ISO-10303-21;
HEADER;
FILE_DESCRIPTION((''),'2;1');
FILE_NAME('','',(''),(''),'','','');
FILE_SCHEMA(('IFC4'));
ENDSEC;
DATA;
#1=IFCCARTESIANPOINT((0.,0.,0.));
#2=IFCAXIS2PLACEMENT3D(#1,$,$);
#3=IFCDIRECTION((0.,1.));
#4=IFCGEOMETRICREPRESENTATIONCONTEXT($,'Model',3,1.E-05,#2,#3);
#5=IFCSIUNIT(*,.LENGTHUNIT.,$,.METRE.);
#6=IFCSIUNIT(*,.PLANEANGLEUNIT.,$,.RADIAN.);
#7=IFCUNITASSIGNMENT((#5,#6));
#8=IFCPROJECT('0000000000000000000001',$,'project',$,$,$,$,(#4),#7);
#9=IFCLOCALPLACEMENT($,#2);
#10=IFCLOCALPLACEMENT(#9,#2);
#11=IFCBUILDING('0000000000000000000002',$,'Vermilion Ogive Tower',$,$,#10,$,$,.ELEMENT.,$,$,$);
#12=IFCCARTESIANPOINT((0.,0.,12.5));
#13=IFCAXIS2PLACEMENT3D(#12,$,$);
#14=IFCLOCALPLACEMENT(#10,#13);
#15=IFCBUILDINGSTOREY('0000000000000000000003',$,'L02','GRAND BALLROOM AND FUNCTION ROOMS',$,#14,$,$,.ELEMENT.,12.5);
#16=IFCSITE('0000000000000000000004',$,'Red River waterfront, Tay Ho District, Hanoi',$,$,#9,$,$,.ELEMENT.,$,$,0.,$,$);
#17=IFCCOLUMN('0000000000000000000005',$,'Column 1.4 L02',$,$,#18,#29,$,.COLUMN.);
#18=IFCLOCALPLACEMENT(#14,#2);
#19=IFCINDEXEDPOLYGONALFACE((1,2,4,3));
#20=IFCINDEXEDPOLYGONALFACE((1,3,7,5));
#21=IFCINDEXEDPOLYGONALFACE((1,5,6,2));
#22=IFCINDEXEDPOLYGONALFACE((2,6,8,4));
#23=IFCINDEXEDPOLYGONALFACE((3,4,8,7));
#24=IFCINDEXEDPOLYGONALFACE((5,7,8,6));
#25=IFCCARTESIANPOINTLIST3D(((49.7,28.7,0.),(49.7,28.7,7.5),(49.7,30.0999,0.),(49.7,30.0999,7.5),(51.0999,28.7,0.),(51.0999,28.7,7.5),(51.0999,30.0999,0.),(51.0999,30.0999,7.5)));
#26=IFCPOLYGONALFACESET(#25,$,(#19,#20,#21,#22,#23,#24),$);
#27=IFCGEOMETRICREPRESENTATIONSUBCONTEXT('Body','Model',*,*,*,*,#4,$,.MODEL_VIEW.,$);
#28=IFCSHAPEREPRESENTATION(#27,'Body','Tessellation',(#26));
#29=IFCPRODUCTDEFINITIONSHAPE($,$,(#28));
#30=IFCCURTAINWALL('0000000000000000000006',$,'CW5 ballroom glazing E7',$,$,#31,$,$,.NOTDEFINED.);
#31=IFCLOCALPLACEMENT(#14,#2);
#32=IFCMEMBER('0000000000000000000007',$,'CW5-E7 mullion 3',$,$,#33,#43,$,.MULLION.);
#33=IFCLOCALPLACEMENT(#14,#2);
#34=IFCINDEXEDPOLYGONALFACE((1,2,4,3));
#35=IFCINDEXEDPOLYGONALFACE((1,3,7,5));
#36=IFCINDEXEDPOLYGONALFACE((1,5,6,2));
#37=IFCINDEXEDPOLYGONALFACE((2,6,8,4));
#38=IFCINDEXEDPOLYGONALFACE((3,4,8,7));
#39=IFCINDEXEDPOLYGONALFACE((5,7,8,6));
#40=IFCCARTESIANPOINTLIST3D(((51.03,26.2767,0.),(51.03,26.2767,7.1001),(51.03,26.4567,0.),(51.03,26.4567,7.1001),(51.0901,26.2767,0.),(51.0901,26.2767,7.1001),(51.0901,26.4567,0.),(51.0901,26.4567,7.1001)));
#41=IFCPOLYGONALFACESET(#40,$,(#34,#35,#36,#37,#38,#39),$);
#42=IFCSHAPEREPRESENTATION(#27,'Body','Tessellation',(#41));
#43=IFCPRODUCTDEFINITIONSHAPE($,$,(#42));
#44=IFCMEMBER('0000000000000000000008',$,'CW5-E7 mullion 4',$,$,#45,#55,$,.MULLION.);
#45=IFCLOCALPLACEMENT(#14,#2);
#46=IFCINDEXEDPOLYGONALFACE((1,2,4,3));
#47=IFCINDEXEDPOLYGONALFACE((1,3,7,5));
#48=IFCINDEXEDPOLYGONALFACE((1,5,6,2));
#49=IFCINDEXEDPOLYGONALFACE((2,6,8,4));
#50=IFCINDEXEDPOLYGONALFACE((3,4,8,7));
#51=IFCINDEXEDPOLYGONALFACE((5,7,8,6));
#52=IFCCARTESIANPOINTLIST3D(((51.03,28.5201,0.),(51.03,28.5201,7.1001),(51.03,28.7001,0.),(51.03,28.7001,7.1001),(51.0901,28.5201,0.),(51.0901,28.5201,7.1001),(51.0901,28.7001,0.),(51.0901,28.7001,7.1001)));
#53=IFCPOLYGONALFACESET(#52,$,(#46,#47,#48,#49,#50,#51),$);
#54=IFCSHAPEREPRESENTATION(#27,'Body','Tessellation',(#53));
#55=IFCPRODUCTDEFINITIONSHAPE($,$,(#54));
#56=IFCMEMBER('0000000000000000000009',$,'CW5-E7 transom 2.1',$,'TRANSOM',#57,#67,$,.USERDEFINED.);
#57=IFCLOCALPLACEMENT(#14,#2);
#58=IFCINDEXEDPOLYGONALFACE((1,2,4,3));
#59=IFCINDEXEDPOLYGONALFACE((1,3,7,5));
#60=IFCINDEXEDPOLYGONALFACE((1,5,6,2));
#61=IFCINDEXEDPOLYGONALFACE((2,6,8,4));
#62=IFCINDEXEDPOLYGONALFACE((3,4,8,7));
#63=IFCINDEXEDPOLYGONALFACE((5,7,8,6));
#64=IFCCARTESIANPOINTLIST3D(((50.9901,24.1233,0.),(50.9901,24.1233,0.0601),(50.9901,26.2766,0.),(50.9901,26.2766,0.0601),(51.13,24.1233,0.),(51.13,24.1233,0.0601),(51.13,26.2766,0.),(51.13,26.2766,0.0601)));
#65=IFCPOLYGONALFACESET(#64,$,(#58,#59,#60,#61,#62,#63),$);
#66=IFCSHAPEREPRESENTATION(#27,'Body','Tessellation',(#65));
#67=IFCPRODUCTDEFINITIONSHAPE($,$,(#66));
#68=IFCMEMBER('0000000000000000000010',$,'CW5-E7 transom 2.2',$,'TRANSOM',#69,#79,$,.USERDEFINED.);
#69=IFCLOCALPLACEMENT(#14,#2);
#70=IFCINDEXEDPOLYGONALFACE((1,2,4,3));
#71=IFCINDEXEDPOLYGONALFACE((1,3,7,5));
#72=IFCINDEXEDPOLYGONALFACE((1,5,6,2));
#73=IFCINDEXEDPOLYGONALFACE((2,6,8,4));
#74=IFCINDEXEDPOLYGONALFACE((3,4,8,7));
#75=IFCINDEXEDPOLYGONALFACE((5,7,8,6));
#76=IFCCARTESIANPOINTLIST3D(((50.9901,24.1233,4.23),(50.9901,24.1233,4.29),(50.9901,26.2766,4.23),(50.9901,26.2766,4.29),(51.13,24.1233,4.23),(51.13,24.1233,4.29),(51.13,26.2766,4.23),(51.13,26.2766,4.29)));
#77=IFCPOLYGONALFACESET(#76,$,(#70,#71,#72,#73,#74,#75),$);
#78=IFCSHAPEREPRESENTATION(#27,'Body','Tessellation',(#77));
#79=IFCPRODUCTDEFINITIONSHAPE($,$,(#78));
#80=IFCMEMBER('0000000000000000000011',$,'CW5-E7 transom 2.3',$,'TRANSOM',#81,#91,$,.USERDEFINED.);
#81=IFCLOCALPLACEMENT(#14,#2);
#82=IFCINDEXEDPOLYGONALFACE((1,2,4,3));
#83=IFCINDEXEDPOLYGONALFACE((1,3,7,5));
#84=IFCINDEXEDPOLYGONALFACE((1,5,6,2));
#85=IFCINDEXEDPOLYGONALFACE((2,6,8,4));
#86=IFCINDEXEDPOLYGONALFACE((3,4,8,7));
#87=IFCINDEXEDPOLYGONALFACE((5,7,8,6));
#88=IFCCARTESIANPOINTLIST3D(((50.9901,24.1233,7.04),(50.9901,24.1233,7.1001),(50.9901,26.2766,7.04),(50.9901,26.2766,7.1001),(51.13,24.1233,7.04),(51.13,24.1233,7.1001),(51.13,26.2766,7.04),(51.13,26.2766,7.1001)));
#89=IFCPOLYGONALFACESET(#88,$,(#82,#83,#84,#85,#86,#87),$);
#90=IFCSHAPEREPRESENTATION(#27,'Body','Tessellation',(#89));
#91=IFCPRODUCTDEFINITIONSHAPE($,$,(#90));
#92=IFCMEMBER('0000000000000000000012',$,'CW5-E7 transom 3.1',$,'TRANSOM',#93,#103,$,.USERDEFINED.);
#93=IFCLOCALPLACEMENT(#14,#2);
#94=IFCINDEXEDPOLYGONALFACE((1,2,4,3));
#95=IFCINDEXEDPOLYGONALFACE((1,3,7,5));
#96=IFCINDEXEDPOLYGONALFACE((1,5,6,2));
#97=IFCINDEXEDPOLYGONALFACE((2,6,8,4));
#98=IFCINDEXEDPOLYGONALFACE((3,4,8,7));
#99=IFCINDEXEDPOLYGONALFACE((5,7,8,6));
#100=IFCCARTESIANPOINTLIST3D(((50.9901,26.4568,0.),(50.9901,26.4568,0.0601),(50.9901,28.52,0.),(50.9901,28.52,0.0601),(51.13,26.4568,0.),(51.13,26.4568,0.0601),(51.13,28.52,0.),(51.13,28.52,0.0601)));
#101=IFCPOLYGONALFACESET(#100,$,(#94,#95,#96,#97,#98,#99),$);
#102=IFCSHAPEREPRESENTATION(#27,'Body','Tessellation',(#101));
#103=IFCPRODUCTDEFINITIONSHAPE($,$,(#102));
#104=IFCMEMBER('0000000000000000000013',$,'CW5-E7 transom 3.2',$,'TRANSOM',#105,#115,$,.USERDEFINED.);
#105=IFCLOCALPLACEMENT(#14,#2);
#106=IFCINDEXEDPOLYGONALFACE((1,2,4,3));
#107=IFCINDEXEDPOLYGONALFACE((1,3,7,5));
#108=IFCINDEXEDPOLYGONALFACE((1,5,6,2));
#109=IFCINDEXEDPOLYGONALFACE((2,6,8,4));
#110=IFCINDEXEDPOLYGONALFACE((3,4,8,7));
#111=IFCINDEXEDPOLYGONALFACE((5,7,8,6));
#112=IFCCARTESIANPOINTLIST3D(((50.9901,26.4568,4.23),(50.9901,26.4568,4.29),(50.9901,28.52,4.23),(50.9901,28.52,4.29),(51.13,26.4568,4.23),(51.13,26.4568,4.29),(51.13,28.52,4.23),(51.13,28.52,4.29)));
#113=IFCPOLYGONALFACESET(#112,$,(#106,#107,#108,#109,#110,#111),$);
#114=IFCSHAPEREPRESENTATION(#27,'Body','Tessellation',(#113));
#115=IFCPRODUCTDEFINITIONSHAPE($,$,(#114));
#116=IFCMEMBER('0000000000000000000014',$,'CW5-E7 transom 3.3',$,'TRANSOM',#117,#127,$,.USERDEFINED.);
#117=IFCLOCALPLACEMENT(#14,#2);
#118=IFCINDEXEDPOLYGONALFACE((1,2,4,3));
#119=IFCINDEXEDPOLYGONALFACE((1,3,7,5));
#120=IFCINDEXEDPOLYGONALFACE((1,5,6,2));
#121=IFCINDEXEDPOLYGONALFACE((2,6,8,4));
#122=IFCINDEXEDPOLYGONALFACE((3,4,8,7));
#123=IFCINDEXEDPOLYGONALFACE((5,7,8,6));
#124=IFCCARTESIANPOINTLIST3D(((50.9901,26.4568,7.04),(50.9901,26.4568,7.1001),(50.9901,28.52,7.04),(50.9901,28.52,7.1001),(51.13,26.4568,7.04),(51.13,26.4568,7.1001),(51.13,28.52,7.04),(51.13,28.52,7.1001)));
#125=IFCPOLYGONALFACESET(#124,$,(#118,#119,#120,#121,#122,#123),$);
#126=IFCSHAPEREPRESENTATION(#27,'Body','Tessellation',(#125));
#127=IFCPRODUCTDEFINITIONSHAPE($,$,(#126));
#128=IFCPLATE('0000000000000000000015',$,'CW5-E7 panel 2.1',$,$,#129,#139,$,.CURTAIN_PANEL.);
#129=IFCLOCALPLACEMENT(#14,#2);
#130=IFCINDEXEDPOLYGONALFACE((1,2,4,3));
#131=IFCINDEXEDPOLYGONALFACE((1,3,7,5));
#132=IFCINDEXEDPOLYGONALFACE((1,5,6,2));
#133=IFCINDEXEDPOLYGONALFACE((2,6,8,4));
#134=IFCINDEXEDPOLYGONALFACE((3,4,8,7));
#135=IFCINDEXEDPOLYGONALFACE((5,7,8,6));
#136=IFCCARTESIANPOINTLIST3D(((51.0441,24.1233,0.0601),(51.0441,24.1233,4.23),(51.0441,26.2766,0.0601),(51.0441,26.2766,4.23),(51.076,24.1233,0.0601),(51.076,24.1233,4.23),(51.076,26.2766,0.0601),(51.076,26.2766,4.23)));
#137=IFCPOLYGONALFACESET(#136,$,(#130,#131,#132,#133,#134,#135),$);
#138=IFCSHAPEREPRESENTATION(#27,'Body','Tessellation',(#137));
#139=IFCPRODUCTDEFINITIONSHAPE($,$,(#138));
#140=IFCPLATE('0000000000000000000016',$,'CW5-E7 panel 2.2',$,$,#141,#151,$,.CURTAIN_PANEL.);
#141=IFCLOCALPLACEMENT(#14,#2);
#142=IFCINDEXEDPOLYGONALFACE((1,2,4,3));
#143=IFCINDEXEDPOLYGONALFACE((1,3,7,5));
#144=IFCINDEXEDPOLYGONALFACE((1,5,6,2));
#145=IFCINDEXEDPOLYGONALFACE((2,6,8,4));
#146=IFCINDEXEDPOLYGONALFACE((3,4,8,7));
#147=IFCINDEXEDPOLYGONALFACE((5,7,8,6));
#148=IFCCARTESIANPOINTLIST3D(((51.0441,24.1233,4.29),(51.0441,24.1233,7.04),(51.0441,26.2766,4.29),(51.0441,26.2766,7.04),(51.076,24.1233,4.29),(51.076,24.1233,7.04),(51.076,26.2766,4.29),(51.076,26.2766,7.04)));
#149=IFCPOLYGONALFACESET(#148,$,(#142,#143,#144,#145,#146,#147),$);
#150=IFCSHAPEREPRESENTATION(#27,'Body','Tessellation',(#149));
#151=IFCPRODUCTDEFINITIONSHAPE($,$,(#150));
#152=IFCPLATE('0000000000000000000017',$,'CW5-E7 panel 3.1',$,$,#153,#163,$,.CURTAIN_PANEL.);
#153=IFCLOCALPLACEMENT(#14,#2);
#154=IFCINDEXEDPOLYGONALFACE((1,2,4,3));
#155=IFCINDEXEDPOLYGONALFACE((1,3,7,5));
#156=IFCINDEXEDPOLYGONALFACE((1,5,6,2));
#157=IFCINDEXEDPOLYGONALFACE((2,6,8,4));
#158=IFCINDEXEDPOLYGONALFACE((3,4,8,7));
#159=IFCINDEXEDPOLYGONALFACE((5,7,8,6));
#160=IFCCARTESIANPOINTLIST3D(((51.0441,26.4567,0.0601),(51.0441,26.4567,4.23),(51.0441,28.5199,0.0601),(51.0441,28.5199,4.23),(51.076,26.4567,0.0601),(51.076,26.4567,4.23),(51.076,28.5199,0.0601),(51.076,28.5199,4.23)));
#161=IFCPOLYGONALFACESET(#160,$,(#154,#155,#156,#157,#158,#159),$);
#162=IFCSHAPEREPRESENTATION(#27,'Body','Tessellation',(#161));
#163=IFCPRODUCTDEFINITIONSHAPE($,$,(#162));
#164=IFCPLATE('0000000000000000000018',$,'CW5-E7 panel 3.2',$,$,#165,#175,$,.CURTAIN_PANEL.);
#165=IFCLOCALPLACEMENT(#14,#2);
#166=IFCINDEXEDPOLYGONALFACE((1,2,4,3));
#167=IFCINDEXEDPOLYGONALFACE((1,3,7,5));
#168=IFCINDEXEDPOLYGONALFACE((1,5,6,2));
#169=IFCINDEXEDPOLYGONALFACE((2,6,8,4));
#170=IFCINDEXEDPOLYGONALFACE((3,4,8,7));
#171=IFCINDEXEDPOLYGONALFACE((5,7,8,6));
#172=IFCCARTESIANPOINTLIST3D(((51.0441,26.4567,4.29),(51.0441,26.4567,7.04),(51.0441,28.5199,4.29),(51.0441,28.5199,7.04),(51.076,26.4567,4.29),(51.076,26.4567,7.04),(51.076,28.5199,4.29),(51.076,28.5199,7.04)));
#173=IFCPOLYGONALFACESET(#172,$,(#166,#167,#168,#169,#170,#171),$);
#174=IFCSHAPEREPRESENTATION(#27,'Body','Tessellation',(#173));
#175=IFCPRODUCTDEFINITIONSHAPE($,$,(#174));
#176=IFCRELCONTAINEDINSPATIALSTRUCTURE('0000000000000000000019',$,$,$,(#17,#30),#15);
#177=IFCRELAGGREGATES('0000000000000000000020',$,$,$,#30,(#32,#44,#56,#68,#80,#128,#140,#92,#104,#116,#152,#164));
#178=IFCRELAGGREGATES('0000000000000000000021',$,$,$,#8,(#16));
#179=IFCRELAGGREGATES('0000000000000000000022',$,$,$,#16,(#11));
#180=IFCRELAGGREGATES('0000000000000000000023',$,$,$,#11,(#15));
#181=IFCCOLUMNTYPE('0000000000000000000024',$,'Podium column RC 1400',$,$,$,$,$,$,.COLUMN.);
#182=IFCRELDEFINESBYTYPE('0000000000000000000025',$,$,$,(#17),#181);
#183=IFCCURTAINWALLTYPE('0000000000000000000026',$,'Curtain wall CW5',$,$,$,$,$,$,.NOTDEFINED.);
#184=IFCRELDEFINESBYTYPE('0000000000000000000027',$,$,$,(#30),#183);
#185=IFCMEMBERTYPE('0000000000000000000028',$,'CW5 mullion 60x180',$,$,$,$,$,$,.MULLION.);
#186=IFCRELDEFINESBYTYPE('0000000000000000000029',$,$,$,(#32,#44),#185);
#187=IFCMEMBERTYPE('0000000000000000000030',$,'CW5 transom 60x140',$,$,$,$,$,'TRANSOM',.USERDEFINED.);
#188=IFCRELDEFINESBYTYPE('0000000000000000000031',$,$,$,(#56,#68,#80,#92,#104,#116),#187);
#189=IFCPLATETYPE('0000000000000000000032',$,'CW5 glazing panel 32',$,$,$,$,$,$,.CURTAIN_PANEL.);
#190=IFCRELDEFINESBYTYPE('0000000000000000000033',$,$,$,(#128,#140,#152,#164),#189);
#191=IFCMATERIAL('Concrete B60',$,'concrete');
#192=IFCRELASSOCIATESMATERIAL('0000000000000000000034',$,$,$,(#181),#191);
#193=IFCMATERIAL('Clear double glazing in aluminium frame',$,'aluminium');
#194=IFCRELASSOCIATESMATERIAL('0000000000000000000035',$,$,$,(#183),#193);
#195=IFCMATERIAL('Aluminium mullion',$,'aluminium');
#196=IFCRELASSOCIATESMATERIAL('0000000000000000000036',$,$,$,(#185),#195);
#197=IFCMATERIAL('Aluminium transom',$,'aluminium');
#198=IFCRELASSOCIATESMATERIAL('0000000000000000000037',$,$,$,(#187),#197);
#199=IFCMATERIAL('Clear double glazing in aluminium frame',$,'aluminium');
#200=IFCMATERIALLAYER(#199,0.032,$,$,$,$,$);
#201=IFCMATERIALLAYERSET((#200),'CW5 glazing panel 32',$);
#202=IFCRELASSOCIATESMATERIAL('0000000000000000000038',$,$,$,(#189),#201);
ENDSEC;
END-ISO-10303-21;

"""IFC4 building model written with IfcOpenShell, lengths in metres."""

from ifc_helpers import new_model, si_unit, direction, frame, origin, origin_2d, place, context, subcontext, project, spatial, rectangle, extrude, material, layer, layer_set, material_profile, profile_set, type_object, element, aggregate, save


model = new_model("IFC4")

# Units and contexts
model_context = context("Model", 3, precision=1e-05, world=origin(), true_north=direction((0.0, 1.0)))
body_context = subcontext(model_context, "Body", "Model", "MODEL_VIEW")
ifc_project = project(units=[si_unit("LENGTHUNIT", "METRE"), si_unit("PLANEANGLEUNIT", "RADIAN")], contexts=[model_context])

# Site, building, storey
site_placement = place(None, origin())
site = spatial("IfcSite", under=ifc_project, at=site_placement, Name="Red River waterfront, Tay Ho District, Hanoi", CompositionType="ELEMENT", RefElevation=0.0)
building_placement = place(site_placement, origin())
building = spatial("IfcBuilding", under=site, at=building_placement, Name="Vermilion Ogive Tower", CompositionType="ELEMENT")
storey_placement = place(building_placement, frame((0.0, 0.0, 12.5)))
storey = spatial("IfcBuildingStorey", under=building, at=storey_placement, Name="L02", Description="GRAND BALLROOM AND FUNCTION ROOMS", CompositionType="ELEMENT", Elevation=12.5)

# Column
ifc_material_1 = material(Name="Concrete B60", Category="concrete")
ifc_material_profile_1 = material_profile(ifc_material_1, rectangle(XDim=1.3999, YDim=1.3999, at=origin_2d()), Name="RC 1400x1400")
ifc_profile_set_1 = profile_set([ifc_material_profile_1], Name="Concrete B60")
column_type = type_object("IfcColumnType", Name="Podium column RC 1400", PredefinedType="COLUMN", material=ifc_profile_set_1)
column_placement = place(storey_placement, frame((50.3999, 29.3999, 0.0), z_axis=(0.0, 0.0, 1.0), x_axis=(1.0, 0.0, 0.0)))
element("IfcColumn", 1, at=column_placement, inside=storey, type_object=column_type, Name="Column 1.4 L02", PredefinedType="COLUMN", context=body_context, shape_type="SweptSolid", body=[
    extrude(rectangle(XDim=1.3999, YDim=1.3999, at=origin_2d()), origin(), (0.0, 0.0, 1.0), 7.5),
])

# Curtain wall, members, plates
ifc_material_2 = material(Name="Clear double glazing in aluminium frame", Category="aluminium")
curtain_wall_type = type_object("IfcCurtainWallType", Name="Curtain wall CW5", PredefinedType="NOTDEFINED", material=ifc_material_2)
curtain_wall_placement = place(storey_placement, origin())
curtain_wall = element("IfcCurtainWall", 2, at=curtain_wall_placement, inside=storey, type_object=curtain_wall_type, Name="CW5 ballroom glazing E7", PredefinedType="NOTDEFINED")
ifc_material_3 = material(Name="Aluminium mullion", Category="aluminium")
ifc_material_profile_2 = material_profile(ifc_material_3, rectangle(XDim=0.0601, YDim=0.1799, at=origin_2d()), Name="AL 60x180")
ifc_profile_set_2 = profile_set([ifc_material_profile_2], Name="Aluminium mullion")
member_type_1 = type_object("IfcMemberType", Name="CW5 mullion 60x180", PredefinedType="MULLION", material=ifc_profile_set_2)
member_1_placement = place(storey_placement, frame((51.0601, 26.3667, 0.0), z_axis=(0.0, 0.0, 1.0), x_axis=(-1.0, 0.0, 0.0)))
member_1 = element("IfcMember", 3, at=member_1_placement, type_object=member_type_1, Name="CW5-E7 mullion 3", PredefinedType="MULLION", context=body_context, shape_type="SweptSolid", body=[
    extrude(rectangle(XDim=0.0601, YDim=0.1799, at=origin_2d()), origin(), (0.0, 0.0, 1.0), 7.1001),
])
member_2_placement = place(storey_placement, frame((51.0601, 28.6101, 0.0), z_axis=(0.0, 0.0, 1.0), x_axis=(-1.0, 0.0, 0.0)))
member_2 = element("IfcMember", 4, at=member_2_placement, type_object=member_type_1, Name="CW5-E7 mullion 4", PredefinedType="MULLION", context=body_context, shape_type="SweptSolid", body=[
    extrude(rectangle(XDim=0.0601, YDim=0.1799, at=origin_2d()), origin(), (0.0, 0.0, 1.0), 7.1001),
])
ifc_material_4 = material(Name="Aluminium transom", Category="aluminium")
ifc_material_profile_3 = material_profile(ifc_material_4, rectangle(XDim=0.1399, YDim=0.0601, at=origin_2d()), Name="AL 60x140")
ifc_profile_set_3 = profile_set([ifc_material_profile_3], Name="Aluminium transom")
member_type_2 = type_object("IfcMemberType", Name="CW5 transom 60x140", ElementType="TRANSOM", PredefinedType="USERDEFINED", material=ifc_profile_set_3)
member_3_placement = place(storey_placement, frame((51.0601, 24.1233, 0.03), z_axis=(0.0, 1.0, 0.0), x_axis=(-1.0, 0.0, 0.0)))
member_3 = element("IfcMember", 5, at=member_3_placement, type_object=member_type_2, Name="CW5-E7 transom 2.1", ObjectType="TRANSOM", PredefinedType="USERDEFINED", context=body_context, shape_type="SweptSolid", body=[
    extrude(rectangle(XDim=0.1399, YDim=0.0601, at=origin_2d()), origin(), (0.0, 0.0, 1.0), 2.1533),
])
member_4_placement = place(storey_placement, frame((51.0601, 24.1233, 4.26), z_axis=(0.0, 1.0, 0.0), x_axis=(-1.0, 0.0, 0.0)))
member_4 = element("IfcMember", 6, at=member_4_placement, type_object=member_type_2, Name="CW5-E7 transom 2.2", ObjectType="TRANSOM", PredefinedType="USERDEFINED", context=body_context, shape_type="SweptSolid", body=[
    extrude(rectangle(XDim=0.1399, YDim=0.0601, at=origin_2d()), origin(), (0.0, 0.0, 1.0), 2.1533),
])
member_5_placement = place(storey_placement, frame((51.0601, 24.1233, 7.0701), z_axis=(0.0, 1.0, 0.0), x_axis=(-1.0, 0.0, 0.0)))
member_5 = element("IfcMember", 7, at=member_5_placement, type_object=member_type_2, Name="CW5-E7 transom 2.3", ObjectType="TRANSOM", PredefinedType="USERDEFINED", context=body_context, shape_type="SweptSolid", body=[
    extrude(rectangle(XDim=0.1399, YDim=0.0601, at=origin_2d()), origin(), (0.0, 0.0, 1.0), 2.1533),
])
member_6_placement = place(storey_placement, frame((51.0601, 26.4568, 0.03), z_axis=(0.0, 1.0, 0.0), x_axis=(-1.0, 0.0, 0.0)))
member_6 = element("IfcMember", 8, at=member_6_placement, type_object=member_type_2, Name="CW5-E7 transom 3.1", ObjectType="TRANSOM", PredefinedType="USERDEFINED", context=body_context, shape_type="SweptSolid", body=[
    extrude(rectangle(XDim=0.1399, YDim=0.0601, at=origin_2d()), origin(), (0.0, 0.0, 1.0), 2.0632),
])
member_7_placement = place(storey_placement, frame((51.0601, 26.4568, 4.26), z_axis=(0.0, 1.0, 0.0), x_axis=(-1.0, 0.0, 0.0)))
member_7 = element("IfcMember", 9, at=member_7_placement, type_object=member_type_2, Name="CW5-E7 transom 3.2", ObjectType="TRANSOM", PredefinedType="USERDEFINED", context=body_context, shape_type="SweptSolid", body=[
    extrude(rectangle(XDim=0.1399, YDim=0.0601, at=origin_2d()), origin(), (0.0, 0.0, 1.0), 2.0632),
])
member_8_placement = place(storey_placement, frame((51.0601, 26.4568, 7.0701), z_axis=(0.0, 1.0, 0.0), x_axis=(-1.0, 0.0, 0.0)))
member_8 = element("IfcMember", 10, at=member_8_placement, type_object=member_type_2, Name="CW5-E7 transom 3.3", ObjectType="TRANSOM", PredefinedType="USERDEFINED", context=body_context, shape_type="SweptSolid", body=[
    extrude(rectangle(XDim=0.1399, YDim=0.0601, at=origin_2d()), origin(), (0.0, 0.0, 1.0), 2.0632),
])
ifc_material_5 = material(Name="Clear double glazing in aluminium frame", Category="aluminium")
ifc_layer = layer(ifc_material_5, 0.032)
ifc_layer_set = layer_set([ifc_layer], Name="CW5 glazing panel 32")
plate_type = type_object("IfcPlateType", Name="CW5 glazing panel 32", PredefinedType="CURTAIN_PANEL", material=ifc_layer_set)
plate_1_placement = place(storey_placement, frame((51.0601, 25.2, 0.0601), z_axis=(0.0, 0.0, 1.0), x_axis=(0.0, 1.0, 0.0)))
plate_1 = element("IfcPlate", 11, at=plate_1_placement, type_object=plate_type, Name="CW5-E7 panel 2.1", PredefinedType="CURTAIN_PANEL", context=body_context, shape_type="SweptSolid", body=[
    extrude(rectangle(XDim=2.1533, YDim=0.032, at=origin_2d()), origin(), (0.0, 0.0, 1.0), 4.1699),
])
plate_2_placement = place(storey_placement, frame((51.0601, 25.2, 4.29), z_axis=(0.0, 0.0, 1.0), x_axis=(0.0, 1.0, 0.0)))
plate_2 = element("IfcPlate", 12, at=plate_2_placement, type_object=plate_type, Name="CW5-E7 panel 2.2", PredefinedType="CURTAIN_PANEL", context=body_context, shape_type="SweptSolid", body=[
    extrude(rectangle(XDim=2.1533, YDim=0.032, at=origin_2d()), origin(), (0.0, 0.0, 1.0), 2.75),
])
plate_3_placement = place(storey_placement, frame((51.0601, 27.4883, 0.0601), z_axis=(0.0, 0.0, 1.0), x_axis=(0.0, 1.0, 0.0)))
plate_3 = element("IfcPlate", 13, at=plate_3_placement, type_object=plate_type, Name="CW5-E7 panel 3.1", PredefinedType="CURTAIN_PANEL", context=body_context, shape_type="SweptSolid", body=[
    extrude(rectangle(XDim=2.0632, YDim=0.032, at=origin_2d()), origin(), (0.0, 0.0, 1.0), 4.1699),
])
plate_4_placement = place(storey_placement, frame((51.0601, 27.4883, 4.29), z_axis=(0.0, 0.0, 1.0), x_axis=(0.0, 1.0, 0.0)))
plate_4 = element("IfcPlate", 14, at=plate_4_placement, type_object=plate_type, Name="CW5-E7 panel 3.2", PredefinedType="CURTAIN_PANEL", context=body_context, shape_type="SweptSolid", body=[
    extrude(rectangle(XDim=2.0632, YDim=0.032, at=origin_2d()), origin(), (0.0, 0.0, 1.0), 2.75),
])
aggregate(curtain_wall, [member_1, member_2, member_3, member_4, member_5, plate_1, plate_2, member_6, member_7, member_8, plate_3, plate_4])

save(model, "model.ifc")
